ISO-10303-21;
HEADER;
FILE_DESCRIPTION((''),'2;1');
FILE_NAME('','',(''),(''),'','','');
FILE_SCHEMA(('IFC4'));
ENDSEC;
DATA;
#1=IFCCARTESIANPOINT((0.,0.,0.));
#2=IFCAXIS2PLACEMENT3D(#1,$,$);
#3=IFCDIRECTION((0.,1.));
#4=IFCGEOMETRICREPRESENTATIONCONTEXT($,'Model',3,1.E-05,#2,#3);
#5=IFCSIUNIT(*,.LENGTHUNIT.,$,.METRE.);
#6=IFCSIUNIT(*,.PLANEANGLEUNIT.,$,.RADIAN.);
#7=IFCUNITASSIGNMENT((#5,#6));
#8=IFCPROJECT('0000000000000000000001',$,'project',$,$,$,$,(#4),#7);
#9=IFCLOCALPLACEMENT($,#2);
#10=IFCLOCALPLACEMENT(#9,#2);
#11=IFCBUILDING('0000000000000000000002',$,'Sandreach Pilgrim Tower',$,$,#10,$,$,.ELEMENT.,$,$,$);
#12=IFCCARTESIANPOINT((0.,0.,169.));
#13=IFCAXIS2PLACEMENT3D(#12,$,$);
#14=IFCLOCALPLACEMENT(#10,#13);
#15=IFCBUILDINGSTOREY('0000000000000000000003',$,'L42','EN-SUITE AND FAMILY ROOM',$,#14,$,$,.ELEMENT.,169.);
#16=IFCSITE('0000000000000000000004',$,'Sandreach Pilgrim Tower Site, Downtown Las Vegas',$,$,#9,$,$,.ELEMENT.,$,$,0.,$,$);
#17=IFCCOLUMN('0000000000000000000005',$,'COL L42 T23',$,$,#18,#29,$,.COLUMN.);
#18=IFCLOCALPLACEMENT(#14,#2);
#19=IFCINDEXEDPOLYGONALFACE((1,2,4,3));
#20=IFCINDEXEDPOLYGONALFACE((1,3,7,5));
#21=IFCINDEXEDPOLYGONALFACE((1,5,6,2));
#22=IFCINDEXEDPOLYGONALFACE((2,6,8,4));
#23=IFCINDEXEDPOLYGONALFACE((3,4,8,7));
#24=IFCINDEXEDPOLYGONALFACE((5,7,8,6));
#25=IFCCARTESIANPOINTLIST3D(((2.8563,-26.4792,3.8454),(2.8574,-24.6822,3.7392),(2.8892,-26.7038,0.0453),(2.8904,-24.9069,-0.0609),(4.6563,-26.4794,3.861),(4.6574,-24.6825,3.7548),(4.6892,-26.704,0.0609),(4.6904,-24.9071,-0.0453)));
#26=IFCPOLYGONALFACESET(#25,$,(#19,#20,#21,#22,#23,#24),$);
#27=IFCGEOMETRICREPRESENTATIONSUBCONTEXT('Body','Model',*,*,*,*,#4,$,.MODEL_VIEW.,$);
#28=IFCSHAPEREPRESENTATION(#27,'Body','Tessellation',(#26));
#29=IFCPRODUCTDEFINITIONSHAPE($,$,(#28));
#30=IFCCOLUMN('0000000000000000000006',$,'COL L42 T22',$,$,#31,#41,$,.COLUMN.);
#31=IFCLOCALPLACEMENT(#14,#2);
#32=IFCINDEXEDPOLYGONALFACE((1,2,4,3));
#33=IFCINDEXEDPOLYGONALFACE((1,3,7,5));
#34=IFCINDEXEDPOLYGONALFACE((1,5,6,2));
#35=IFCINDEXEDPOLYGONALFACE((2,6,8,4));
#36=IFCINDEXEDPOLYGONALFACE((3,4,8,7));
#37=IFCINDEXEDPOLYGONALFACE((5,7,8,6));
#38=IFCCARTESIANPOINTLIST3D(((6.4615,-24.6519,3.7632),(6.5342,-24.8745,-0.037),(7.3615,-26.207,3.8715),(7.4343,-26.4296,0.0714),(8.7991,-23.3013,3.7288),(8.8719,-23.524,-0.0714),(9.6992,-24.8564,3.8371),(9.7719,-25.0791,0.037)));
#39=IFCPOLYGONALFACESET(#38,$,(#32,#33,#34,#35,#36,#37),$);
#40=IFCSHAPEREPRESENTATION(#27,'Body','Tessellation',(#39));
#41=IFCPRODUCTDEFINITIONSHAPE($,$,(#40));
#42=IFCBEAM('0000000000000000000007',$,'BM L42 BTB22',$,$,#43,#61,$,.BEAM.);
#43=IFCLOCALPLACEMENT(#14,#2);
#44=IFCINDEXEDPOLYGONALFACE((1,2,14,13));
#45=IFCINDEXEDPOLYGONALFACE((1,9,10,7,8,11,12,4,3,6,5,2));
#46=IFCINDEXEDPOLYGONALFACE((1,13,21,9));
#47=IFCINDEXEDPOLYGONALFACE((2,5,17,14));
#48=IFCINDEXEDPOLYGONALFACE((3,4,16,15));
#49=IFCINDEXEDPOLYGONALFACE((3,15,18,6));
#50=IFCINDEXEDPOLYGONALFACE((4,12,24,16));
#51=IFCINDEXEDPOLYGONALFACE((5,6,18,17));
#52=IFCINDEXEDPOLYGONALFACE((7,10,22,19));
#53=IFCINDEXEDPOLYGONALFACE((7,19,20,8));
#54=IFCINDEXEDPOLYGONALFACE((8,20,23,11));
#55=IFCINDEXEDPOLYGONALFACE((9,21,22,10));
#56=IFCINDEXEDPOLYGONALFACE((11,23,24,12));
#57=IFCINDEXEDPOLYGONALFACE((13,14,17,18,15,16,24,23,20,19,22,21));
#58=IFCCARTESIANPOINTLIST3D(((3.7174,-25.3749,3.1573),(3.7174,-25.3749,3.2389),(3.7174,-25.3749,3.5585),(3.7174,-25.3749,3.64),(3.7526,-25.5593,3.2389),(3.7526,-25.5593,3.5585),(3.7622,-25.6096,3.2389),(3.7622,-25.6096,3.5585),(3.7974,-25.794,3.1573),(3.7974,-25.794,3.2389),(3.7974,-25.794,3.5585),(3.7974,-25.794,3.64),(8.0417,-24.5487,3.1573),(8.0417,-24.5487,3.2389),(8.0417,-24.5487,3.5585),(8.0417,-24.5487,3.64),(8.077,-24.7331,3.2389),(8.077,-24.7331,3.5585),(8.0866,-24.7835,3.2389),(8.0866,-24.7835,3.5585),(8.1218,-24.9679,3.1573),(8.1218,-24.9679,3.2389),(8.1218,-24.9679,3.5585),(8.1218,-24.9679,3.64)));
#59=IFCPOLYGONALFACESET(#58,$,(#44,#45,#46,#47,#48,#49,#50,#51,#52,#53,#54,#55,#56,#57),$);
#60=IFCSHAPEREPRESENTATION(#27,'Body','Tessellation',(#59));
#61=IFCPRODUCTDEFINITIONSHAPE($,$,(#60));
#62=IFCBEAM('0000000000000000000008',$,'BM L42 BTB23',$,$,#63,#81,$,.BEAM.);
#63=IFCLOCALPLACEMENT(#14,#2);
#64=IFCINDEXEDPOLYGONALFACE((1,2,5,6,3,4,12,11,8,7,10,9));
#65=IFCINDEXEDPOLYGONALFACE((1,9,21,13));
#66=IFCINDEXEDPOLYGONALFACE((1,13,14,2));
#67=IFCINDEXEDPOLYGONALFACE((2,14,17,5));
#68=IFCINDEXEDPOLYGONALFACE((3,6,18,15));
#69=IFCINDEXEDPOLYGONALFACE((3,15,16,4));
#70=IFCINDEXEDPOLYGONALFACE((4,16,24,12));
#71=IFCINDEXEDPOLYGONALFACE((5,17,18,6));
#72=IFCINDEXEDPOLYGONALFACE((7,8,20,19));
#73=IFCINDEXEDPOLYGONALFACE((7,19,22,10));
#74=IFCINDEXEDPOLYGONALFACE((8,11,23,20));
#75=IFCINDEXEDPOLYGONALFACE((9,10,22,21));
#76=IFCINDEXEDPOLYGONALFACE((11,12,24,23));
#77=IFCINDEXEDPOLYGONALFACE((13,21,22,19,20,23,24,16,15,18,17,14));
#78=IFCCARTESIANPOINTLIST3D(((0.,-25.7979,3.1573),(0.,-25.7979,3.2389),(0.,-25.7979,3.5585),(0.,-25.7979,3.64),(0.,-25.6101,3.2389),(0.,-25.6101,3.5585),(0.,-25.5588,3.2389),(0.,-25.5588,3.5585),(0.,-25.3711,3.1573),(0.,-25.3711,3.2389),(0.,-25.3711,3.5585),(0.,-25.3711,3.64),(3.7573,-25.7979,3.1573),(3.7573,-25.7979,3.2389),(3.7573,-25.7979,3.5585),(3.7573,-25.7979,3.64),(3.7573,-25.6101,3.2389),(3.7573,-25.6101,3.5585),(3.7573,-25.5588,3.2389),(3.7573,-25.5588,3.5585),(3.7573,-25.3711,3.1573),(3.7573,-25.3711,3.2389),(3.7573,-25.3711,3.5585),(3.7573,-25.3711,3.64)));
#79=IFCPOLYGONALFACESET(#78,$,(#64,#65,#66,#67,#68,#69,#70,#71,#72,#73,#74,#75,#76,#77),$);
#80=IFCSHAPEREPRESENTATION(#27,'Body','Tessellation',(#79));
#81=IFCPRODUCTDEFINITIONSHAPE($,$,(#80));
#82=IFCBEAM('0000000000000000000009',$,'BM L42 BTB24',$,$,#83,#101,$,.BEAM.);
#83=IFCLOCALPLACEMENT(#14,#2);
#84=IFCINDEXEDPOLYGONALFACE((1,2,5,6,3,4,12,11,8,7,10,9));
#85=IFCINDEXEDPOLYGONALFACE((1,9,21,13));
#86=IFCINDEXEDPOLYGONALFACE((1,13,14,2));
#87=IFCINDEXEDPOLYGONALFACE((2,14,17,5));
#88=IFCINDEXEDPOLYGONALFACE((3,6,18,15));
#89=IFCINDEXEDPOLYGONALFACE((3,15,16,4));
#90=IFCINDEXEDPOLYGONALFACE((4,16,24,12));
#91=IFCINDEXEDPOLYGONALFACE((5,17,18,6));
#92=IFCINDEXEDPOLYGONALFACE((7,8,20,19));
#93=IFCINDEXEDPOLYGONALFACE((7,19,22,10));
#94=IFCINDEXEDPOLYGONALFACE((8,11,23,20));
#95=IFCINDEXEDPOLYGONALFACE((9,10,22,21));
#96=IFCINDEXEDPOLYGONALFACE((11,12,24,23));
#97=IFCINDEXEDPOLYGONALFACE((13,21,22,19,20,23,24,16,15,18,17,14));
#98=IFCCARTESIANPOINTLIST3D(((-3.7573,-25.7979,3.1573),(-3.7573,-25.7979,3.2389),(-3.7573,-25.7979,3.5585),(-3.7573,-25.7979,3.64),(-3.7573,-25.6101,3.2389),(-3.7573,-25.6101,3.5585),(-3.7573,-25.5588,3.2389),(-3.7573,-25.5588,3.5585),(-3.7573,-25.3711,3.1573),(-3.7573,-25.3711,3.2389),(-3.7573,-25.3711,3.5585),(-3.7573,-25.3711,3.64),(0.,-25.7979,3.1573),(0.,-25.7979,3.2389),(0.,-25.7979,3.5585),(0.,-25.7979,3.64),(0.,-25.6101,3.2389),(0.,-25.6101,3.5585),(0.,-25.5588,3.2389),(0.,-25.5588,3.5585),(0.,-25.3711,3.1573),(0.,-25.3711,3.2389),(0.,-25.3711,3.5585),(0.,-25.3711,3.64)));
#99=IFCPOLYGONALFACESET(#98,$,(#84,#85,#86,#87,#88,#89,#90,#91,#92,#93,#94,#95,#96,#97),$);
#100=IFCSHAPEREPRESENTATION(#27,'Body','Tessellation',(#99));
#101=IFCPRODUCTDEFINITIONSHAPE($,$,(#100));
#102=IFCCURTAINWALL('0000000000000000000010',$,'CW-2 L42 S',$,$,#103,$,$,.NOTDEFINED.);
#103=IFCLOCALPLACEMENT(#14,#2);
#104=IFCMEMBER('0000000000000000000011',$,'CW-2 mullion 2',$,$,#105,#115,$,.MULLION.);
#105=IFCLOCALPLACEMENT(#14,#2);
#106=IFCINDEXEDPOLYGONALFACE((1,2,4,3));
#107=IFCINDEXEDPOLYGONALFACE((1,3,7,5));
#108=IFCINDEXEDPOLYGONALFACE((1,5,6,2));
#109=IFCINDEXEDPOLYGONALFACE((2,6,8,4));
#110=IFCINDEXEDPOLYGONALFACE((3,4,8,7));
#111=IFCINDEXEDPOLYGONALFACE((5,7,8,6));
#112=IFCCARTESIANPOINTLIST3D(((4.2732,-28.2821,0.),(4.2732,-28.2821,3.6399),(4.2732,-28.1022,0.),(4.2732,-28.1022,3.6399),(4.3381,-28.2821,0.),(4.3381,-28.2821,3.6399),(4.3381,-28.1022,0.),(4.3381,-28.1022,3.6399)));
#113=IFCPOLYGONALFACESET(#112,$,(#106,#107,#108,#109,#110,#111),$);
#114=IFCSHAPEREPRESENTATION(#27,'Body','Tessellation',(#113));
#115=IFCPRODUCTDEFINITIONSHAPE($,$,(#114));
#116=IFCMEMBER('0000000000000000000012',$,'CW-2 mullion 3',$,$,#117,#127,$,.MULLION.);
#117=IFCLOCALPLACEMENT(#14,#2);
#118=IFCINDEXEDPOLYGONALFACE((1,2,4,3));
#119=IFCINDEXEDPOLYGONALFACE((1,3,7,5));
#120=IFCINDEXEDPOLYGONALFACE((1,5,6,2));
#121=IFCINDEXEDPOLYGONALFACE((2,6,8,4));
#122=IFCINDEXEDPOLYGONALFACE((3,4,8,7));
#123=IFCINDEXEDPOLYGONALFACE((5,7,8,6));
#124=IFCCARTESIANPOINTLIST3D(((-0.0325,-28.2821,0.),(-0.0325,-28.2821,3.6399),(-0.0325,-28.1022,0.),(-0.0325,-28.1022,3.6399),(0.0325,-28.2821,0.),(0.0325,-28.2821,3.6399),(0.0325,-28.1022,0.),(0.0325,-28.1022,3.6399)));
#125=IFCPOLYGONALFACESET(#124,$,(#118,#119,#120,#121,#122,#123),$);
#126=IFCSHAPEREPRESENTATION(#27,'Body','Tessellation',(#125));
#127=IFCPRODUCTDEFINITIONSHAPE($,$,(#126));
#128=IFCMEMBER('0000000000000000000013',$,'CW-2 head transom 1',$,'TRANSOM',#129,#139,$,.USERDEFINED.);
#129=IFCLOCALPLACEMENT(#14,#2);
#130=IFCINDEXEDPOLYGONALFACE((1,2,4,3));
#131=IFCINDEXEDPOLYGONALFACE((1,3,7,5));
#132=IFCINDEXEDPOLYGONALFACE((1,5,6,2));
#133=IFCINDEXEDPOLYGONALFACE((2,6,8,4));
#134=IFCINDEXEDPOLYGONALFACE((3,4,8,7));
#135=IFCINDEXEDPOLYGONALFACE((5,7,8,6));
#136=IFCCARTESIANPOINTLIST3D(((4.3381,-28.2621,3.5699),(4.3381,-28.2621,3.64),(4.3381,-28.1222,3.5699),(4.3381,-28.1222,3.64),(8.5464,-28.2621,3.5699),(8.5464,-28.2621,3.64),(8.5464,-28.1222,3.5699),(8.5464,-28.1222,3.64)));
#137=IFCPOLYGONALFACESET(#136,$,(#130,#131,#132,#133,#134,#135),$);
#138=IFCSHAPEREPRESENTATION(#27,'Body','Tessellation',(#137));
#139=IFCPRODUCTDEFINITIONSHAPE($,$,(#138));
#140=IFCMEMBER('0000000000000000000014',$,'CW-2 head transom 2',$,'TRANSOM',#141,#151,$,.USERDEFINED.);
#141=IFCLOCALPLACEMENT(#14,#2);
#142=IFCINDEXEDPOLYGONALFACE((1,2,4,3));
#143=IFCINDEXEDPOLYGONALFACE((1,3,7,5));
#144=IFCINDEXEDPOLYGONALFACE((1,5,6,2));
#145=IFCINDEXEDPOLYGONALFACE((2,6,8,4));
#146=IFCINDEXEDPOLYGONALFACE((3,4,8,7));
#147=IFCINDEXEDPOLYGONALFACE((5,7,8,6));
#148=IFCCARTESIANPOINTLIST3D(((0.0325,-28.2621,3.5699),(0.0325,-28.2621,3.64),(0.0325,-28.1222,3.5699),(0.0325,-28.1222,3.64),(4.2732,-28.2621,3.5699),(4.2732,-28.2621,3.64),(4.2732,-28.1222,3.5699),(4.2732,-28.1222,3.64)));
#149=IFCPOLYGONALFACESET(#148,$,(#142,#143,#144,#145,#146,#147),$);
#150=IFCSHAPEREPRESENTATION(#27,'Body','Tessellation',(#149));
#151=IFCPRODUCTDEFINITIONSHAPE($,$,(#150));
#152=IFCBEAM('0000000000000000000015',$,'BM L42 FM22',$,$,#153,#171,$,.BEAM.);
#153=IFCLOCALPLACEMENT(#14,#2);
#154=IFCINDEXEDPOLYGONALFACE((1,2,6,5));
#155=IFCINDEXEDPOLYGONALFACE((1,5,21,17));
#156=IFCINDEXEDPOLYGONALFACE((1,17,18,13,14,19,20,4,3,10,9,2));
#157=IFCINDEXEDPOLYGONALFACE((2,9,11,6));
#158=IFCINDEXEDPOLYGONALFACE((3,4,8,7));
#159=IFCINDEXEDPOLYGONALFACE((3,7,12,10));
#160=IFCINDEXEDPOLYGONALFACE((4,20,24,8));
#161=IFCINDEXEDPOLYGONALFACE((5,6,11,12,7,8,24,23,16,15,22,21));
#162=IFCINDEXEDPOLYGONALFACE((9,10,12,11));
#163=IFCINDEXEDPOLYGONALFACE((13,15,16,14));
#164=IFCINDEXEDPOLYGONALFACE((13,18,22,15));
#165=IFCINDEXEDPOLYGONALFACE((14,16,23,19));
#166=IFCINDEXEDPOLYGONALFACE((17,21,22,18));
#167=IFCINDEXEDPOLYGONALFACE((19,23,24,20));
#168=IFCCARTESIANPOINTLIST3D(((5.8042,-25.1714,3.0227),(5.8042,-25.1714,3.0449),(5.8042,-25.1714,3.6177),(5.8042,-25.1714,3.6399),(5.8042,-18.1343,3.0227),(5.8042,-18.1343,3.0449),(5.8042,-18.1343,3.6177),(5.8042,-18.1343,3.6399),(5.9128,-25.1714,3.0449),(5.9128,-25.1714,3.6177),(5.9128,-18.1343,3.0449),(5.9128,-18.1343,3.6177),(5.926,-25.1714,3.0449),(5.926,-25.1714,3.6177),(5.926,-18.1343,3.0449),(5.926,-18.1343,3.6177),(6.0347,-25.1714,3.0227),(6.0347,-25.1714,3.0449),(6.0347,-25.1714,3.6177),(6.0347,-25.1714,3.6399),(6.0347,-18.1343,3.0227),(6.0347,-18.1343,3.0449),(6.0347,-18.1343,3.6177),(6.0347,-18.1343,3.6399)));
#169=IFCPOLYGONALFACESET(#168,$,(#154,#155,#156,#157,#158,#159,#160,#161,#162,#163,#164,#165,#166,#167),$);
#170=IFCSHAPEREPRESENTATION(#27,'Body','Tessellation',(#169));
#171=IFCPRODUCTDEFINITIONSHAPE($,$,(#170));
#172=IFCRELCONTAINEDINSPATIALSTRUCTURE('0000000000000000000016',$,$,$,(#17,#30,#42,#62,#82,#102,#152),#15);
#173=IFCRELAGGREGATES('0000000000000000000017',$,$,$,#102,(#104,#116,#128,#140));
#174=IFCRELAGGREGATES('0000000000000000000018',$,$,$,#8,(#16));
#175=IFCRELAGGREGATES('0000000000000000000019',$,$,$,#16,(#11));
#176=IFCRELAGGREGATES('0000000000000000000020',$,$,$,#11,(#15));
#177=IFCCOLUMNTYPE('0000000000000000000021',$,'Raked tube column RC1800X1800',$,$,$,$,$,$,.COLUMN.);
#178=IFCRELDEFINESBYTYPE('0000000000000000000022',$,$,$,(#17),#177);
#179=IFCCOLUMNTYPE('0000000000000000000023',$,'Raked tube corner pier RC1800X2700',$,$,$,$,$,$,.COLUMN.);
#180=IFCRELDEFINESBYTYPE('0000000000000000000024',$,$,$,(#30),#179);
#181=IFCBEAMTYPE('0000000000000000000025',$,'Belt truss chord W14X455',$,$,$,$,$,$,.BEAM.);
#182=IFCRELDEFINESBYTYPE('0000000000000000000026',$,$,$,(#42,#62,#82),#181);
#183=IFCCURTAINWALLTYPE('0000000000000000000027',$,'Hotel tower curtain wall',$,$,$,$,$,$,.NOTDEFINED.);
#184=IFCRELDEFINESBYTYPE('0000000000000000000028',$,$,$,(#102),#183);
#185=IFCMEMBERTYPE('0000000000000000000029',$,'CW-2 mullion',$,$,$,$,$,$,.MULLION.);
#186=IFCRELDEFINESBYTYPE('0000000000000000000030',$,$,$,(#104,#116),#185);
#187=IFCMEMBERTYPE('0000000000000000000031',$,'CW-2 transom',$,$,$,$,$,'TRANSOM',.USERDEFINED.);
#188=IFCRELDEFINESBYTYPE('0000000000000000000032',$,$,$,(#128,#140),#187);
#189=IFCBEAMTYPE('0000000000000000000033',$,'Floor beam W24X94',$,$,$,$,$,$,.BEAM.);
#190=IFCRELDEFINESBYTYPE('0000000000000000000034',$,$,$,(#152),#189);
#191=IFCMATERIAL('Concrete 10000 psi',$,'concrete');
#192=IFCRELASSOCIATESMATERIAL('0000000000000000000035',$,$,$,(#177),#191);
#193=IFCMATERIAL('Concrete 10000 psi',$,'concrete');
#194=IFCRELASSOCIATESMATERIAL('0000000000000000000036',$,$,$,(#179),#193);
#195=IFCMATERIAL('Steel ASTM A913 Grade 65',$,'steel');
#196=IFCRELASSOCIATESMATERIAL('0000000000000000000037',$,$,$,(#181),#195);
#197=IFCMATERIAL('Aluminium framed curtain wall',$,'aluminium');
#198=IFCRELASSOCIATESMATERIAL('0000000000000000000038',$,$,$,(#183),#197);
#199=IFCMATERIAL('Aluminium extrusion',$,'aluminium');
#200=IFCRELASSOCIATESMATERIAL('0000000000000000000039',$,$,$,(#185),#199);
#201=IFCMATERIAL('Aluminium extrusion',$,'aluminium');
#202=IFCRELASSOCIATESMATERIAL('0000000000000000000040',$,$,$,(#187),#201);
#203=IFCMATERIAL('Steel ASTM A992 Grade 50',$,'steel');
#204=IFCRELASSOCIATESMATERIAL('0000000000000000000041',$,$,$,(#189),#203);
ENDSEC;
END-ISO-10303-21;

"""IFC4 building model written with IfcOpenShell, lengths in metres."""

from ifc_helpers import new_model, si_unit, direction, frame, origin, origin_2d, place, context, subcontext, project, spatial, rectangle, i_section, extrude, material, material_profile, profile_set, type_object, element, aggregate, save


model = new_model("IFC4")

# Units and contexts
model_context = context("Model", 3, precision=1e-05, world=origin(), true_north=direction((0.0, 1.0)))
body_context = subcontext(model_context, "Body", "Model", "MODEL_VIEW")
ifc_project = project(units=[si_unit("LENGTHUNIT", "METRE"), si_unit("PLANEANGLEUNIT", "RADIAN")], contexts=[model_context])

# Site, building, storey
site_placement = place(None, origin())
site = spatial("IfcSite", under=ifc_project, at=site_placement, Name="Sandreach Pilgrim Tower Site, Downtown Las Vegas", CompositionType="ELEMENT", RefElevation=0.0)
building_placement = place(site_placement, origin())
building = spatial("IfcBuilding", under=site, at=building_placement, Name="Sandreach Pilgrim Tower", CompositionType="ELEMENT")
storey_placement = place(building_placement, frame((0.0, 0.0, 169.0)))
storey = spatial("IfcBuildingStorey", under=building, at=storey_placement, Name="L42", Description="EN-SUITE AND FAMILY ROOM", CompositionType="ELEMENT", Elevation=169.0)

# Columns
ifc_material_1 = material(Name="Concrete 10000 psi", Category="concrete")
ifc_material_profile_1 = material_profile(ifc_material_1, rectangle(XDim=1.8, YDim=1.8, at=origin_2d()), Name="RC1800X1800")
ifc_profile_set_1 = profile_set([ifc_material_profile_1], Name="Concrete 10000 psi")
column_type_1 = type_object("IfcColumnType", Name="Raked tube column RC1800X1800", PredefinedType="COLUMN", material=ifc_profile_set_1)
column_1_placement = place(storey_placement, frame((3.7898, -25.8054, 0.0), z_axis=(-0.008658, 0.059002, 0.99822), x_axis=(-0.000629, -0.998258, 0.058999)))
element("IfcColumn", 1, at=column_1_placement, inside=storey, type_object=column_type_1, Name="COL L42 T23", PredefinedType="COLUMN", context=body_context, shape_type="SweptSolid", body=[
    extrude(rectangle(XDim=1.8, YDim=1.8, at=origin_2d()), origin(), (0.0, 0.0, 1.0), 3.8069),
])
ifc_material_2 = material(Name="Concrete 10000 psi", Category="concrete")
ifc_material_profile_2 = material_profile(ifc_material_2, rectangle(XDim=1.8, YDim=2.7, at=origin_2d()), Name="RC1800X2700")
ifc_profile_set_2 = profile_set([ifc_material_profile_2], Name="Concrete 10000 psi")
column_type_2 = type_object("IfcColumnType", Name="Raked tube corner pier RC1800X2700", PredefinedType="COLUMN", material=ifc_profile_set_2)
column_2_placement = place(storey_placement, frame((8.1531, -24.9768, 0.0), z_axis=(-0.019109, 0.058482, 0.998106), x_axis=(0.500013, -0.863924, 0.060193)))
element("IfcColumn", 2, at=column_2_placement, inside=storey, type_object=column_type_2, Name="COL L42 T22", PredefinedType="COLUMN", context=body_context, shape_type="SweptSolid", body=[
    extrude(rectangle(XDim=1.8, YDim=2.7, at=origin_2d()), origin(), (0.0, 0.0, 1.0), 3.8074),
])

# Beams
ifc_material_3 = material(Name="Steel ASTM A913 Grade 65", Category="steel")
ifc_material_profile_3 = material_profile(ifc_material_3, i_section(OverallWidth=0.4268, OverallDepth=0.4827, WebThickness=0.0513, FlangeThickness=0.0815, at=origin_2d()), Name="W14X455")
ifc_profile_set_3 = profile_set([ifc_material_profile_3], Name="Steel ASTM A913 Grade 65")
beam_type_1 = type_object("IfcBeamType", Name="Belt truss chord W14X455", PredefinedType="BEAM", material=ifc_profile_set_3)
beam_1_placement = place(storey_placement, frame((8.0818, -24.7583, 3.3987), z_axis=(-0.982236, -0.187652, 0.0), x_axis=(0.187652, -0.982236, 0.0)))
element("IfcBeam", 3, at=beam_1_placement, inside=storey, type_object=beam_type_1, Name="BM L42 BTB22", PredefinedType="BEAM", context=body_context, shape_type="SweptSolid", body=[
    extrude(i_section(OverallWidth=0.4268, OverallDepth=0.4827, WebThickness=0.0513, FlangeThickness=0.0815, at=origin_2d()), origin(), (0.0, 0.0, 1.0), 4.4026),
])
for number, where, z_axis, x_axis, name in (
    (4, (3.7573, -25.5845, 3.3987), (-1.0, 0.0, 0.0), (0.0, -1.0, 0.0), "BM L42 BTB23"),
    (5, (0.0, -25.5845, 3.3987), (-1.0, 0.0, 0.0), (0.0, -1.0, 0.0), "BM L42 BTB24"),
):
    element("IfcBeam", number, at=place(storey_placement, frame(where, z_axis=z_axis, x_axis=x_axis)), inside=storey, type_object=beam_type_1, Name=name, PredefinedType="BEAM", context=body_context, shape_type="SweptSolid", body=[
        extrude(i_section(OverallWidth=0.4268, OverallDepth=0.4827, WebThickness=0.0513, FlangeThickness=0.0815, at=origin_2d()), origin(), (0.0, 0.0, 1.0), 3.7573),
    ])

# Curtain wall, members
ifc_material_4 = material(Name="Aluminium framed curtain wall", Category="aluminium")
curtain_wall_type = type_object("IfcCurtainWallType", Name="Hotel tower curtain wall", PredefinedType="NOTDEFINED", material=ifc_material_4)
curtain_wall_placement = place(storey_placement, origin())
curtain_wall = element("IfcCurtainWall", 6, at=curtain_wall_placement, inside=storey, type_object=curtain_wall_type, Name="CW-2 L42 S", PredefinedType="NOTDEFINED")
ifc_material_5 = material(Name="Aluminium extrusion", Category="aluminium")
ifc_material_profile_4 = material_profile(ifc_material_5, rectangle(XDim=0.0649, YDim=0.1799, at=origin_2d()), Name="CW-2M 65X180")
ifc_profile_set_4 = profile_set([ifc_material_profile_4], Name="Aluminium extrusion")
member_type_1 = type_object("IfcMemberType", Name="CW-2 mullion", PredefinedType="MULLION", material=ifc_profile_set_4)
member_1_placement = place(storey_placement, frame((4.3057, -28.1921, 0.0), z_axis=(0.0, 0.0, 1.0), x_axis=(-1.0, 0.0, 0.0)))
member_1 = element("IfcMember", 7, at=member_1_placement, type_object=member_type_1, Name="CW-2 mullion 2", PredefinedType="MULLION", context=body_context, shape_type="SweptSolid", body=[
    extrude(rectangle(XDim=0.0649, YDim=0.1799, at=origin_2d()), origin(), (0.0, 0.0, 1.0), 3.6399),
])
member_2_placement = place(storey_placement, frame((0.0, -28.1921, 0.0), z_axis=(0.0, 0.0, 1.0), x_axis=(-1.0, 0.0, 0.0)))
member_2 = element("IfcMember", 8, at=member_2_placement, type_object=member_type_1, Name="CW-2 mullion 3", PredefinedType="MULLION", context=body_context, shape_type="SweptSolid", body=[
    extrude(rectangle(XDim=0.0649, YDim=0.1799, at=origin_2d()), origin(), (0.0, 0.0, 1.0), 3.6399),
])
ifc_material_6 = material(Name="Aluminium extrusion", Category="aluminium")
ifc_material_profile_5 = material_profile(ifc_material_6, rectangle(XDim=0.1399, YDim=0.0701, at=origin_2d()), Name="CW-2T 140X70")
ifc_profile_set_5 = profile_set([ifc_material_profile_5], Name="Aluminium extrusion")
member_type_2 = type_object("IfcMemberType", Name="CW-2 transom", ElementType="TRANSOM", PredefinedType="USERDEFINED", material=ifc_profile_set_5)
member_3_placement = place(storey_placement, frame((8.5464, -28.1921, 3.605), z_axis=(-1.0, 0.0, 0.0), x_axis=(0.0, -1.0, 0.0)))
member_3 = element("IfcMember", 9, at=member_3_placement, type_object=member_type_2, Name="CW-2 head transom 1", ObjectType="TRANSOM", PredefinedType="USERDEFINED", context=body_context, shape_type="SweptSolid", body=[
    extrude(rectangle(XDim=0.1399, YDim=0.0701, at=origin_2d()), origin(), (0.0, 0.0, 1.0), 4.2083),
])
member_4_placement = place(storey_placement, frame((4.2732, -28.1921, 3.605), z_axis=(-1.0, 0.0, 0.0), x_axis=(0.0, -1.0, 0.0)))
member_4 = element("IfcMember", 10, at=member_4_placement, type_object=member_type_2, Name="CW-2 head transom 2", ObjectType="TRANSOM", PredefinedType="USERDEFINED", context=body_context, shape_type="SweptSolid", body=[
    extrude(rectangle(XDim=0.1399, YDim=0.0701, at=origin_2d()), origin(), (0.0, 0.0, 1.0), 4.2407),
])

# Beam
ifc_material_7 = material(Name="Steel ASTM A992 Grade 50", Category="steel")
ifc_material_profile_6 = material_profile(ifc_material_7, i_section(OverallWidth=0.2305, OverallDepth=0.6172, WebThickness=0.0132, FlangeThickness=0.0222, at=origin_2d()), Name="W24X94")
ifc_profile_set_6 = profile_set([ifc_material_profile_6], Name="Steel ASTM A992 Grade 50")
beam_type_2 = type_object("IfcBeamType", Name="Floor beam W24X94", PredefinedType="BEAM", material=ifc_profile_set_6)
beam_2_placement = place(storey_placement, frame((5.9194, -25.1714, 3.3313), z_axis=(0.0, 1.0, 0.0), x_axis=(-1.0, 0.0, 0.0)))
element("IfcBeam", 11, at=beam_2_placement, inside=storey, type_object=beam_type_2, Name="BM L42 FM22", PredefinedType="BEAM", context=body_context, shape_type="SweptSolid", body=[
    extrude(i_section(OverallWidth=0.2305, OverallDepth=0.6172, WebThickness=0.0132, FlangeThickness=0.0222, at=origin_2d()), origin(), (0.0, 0.0, 1.0), 7.0371),
])

aggregate(curtain_wall, [member_1, member_2, member_3, member_4])

save(model, "model.ifc")
